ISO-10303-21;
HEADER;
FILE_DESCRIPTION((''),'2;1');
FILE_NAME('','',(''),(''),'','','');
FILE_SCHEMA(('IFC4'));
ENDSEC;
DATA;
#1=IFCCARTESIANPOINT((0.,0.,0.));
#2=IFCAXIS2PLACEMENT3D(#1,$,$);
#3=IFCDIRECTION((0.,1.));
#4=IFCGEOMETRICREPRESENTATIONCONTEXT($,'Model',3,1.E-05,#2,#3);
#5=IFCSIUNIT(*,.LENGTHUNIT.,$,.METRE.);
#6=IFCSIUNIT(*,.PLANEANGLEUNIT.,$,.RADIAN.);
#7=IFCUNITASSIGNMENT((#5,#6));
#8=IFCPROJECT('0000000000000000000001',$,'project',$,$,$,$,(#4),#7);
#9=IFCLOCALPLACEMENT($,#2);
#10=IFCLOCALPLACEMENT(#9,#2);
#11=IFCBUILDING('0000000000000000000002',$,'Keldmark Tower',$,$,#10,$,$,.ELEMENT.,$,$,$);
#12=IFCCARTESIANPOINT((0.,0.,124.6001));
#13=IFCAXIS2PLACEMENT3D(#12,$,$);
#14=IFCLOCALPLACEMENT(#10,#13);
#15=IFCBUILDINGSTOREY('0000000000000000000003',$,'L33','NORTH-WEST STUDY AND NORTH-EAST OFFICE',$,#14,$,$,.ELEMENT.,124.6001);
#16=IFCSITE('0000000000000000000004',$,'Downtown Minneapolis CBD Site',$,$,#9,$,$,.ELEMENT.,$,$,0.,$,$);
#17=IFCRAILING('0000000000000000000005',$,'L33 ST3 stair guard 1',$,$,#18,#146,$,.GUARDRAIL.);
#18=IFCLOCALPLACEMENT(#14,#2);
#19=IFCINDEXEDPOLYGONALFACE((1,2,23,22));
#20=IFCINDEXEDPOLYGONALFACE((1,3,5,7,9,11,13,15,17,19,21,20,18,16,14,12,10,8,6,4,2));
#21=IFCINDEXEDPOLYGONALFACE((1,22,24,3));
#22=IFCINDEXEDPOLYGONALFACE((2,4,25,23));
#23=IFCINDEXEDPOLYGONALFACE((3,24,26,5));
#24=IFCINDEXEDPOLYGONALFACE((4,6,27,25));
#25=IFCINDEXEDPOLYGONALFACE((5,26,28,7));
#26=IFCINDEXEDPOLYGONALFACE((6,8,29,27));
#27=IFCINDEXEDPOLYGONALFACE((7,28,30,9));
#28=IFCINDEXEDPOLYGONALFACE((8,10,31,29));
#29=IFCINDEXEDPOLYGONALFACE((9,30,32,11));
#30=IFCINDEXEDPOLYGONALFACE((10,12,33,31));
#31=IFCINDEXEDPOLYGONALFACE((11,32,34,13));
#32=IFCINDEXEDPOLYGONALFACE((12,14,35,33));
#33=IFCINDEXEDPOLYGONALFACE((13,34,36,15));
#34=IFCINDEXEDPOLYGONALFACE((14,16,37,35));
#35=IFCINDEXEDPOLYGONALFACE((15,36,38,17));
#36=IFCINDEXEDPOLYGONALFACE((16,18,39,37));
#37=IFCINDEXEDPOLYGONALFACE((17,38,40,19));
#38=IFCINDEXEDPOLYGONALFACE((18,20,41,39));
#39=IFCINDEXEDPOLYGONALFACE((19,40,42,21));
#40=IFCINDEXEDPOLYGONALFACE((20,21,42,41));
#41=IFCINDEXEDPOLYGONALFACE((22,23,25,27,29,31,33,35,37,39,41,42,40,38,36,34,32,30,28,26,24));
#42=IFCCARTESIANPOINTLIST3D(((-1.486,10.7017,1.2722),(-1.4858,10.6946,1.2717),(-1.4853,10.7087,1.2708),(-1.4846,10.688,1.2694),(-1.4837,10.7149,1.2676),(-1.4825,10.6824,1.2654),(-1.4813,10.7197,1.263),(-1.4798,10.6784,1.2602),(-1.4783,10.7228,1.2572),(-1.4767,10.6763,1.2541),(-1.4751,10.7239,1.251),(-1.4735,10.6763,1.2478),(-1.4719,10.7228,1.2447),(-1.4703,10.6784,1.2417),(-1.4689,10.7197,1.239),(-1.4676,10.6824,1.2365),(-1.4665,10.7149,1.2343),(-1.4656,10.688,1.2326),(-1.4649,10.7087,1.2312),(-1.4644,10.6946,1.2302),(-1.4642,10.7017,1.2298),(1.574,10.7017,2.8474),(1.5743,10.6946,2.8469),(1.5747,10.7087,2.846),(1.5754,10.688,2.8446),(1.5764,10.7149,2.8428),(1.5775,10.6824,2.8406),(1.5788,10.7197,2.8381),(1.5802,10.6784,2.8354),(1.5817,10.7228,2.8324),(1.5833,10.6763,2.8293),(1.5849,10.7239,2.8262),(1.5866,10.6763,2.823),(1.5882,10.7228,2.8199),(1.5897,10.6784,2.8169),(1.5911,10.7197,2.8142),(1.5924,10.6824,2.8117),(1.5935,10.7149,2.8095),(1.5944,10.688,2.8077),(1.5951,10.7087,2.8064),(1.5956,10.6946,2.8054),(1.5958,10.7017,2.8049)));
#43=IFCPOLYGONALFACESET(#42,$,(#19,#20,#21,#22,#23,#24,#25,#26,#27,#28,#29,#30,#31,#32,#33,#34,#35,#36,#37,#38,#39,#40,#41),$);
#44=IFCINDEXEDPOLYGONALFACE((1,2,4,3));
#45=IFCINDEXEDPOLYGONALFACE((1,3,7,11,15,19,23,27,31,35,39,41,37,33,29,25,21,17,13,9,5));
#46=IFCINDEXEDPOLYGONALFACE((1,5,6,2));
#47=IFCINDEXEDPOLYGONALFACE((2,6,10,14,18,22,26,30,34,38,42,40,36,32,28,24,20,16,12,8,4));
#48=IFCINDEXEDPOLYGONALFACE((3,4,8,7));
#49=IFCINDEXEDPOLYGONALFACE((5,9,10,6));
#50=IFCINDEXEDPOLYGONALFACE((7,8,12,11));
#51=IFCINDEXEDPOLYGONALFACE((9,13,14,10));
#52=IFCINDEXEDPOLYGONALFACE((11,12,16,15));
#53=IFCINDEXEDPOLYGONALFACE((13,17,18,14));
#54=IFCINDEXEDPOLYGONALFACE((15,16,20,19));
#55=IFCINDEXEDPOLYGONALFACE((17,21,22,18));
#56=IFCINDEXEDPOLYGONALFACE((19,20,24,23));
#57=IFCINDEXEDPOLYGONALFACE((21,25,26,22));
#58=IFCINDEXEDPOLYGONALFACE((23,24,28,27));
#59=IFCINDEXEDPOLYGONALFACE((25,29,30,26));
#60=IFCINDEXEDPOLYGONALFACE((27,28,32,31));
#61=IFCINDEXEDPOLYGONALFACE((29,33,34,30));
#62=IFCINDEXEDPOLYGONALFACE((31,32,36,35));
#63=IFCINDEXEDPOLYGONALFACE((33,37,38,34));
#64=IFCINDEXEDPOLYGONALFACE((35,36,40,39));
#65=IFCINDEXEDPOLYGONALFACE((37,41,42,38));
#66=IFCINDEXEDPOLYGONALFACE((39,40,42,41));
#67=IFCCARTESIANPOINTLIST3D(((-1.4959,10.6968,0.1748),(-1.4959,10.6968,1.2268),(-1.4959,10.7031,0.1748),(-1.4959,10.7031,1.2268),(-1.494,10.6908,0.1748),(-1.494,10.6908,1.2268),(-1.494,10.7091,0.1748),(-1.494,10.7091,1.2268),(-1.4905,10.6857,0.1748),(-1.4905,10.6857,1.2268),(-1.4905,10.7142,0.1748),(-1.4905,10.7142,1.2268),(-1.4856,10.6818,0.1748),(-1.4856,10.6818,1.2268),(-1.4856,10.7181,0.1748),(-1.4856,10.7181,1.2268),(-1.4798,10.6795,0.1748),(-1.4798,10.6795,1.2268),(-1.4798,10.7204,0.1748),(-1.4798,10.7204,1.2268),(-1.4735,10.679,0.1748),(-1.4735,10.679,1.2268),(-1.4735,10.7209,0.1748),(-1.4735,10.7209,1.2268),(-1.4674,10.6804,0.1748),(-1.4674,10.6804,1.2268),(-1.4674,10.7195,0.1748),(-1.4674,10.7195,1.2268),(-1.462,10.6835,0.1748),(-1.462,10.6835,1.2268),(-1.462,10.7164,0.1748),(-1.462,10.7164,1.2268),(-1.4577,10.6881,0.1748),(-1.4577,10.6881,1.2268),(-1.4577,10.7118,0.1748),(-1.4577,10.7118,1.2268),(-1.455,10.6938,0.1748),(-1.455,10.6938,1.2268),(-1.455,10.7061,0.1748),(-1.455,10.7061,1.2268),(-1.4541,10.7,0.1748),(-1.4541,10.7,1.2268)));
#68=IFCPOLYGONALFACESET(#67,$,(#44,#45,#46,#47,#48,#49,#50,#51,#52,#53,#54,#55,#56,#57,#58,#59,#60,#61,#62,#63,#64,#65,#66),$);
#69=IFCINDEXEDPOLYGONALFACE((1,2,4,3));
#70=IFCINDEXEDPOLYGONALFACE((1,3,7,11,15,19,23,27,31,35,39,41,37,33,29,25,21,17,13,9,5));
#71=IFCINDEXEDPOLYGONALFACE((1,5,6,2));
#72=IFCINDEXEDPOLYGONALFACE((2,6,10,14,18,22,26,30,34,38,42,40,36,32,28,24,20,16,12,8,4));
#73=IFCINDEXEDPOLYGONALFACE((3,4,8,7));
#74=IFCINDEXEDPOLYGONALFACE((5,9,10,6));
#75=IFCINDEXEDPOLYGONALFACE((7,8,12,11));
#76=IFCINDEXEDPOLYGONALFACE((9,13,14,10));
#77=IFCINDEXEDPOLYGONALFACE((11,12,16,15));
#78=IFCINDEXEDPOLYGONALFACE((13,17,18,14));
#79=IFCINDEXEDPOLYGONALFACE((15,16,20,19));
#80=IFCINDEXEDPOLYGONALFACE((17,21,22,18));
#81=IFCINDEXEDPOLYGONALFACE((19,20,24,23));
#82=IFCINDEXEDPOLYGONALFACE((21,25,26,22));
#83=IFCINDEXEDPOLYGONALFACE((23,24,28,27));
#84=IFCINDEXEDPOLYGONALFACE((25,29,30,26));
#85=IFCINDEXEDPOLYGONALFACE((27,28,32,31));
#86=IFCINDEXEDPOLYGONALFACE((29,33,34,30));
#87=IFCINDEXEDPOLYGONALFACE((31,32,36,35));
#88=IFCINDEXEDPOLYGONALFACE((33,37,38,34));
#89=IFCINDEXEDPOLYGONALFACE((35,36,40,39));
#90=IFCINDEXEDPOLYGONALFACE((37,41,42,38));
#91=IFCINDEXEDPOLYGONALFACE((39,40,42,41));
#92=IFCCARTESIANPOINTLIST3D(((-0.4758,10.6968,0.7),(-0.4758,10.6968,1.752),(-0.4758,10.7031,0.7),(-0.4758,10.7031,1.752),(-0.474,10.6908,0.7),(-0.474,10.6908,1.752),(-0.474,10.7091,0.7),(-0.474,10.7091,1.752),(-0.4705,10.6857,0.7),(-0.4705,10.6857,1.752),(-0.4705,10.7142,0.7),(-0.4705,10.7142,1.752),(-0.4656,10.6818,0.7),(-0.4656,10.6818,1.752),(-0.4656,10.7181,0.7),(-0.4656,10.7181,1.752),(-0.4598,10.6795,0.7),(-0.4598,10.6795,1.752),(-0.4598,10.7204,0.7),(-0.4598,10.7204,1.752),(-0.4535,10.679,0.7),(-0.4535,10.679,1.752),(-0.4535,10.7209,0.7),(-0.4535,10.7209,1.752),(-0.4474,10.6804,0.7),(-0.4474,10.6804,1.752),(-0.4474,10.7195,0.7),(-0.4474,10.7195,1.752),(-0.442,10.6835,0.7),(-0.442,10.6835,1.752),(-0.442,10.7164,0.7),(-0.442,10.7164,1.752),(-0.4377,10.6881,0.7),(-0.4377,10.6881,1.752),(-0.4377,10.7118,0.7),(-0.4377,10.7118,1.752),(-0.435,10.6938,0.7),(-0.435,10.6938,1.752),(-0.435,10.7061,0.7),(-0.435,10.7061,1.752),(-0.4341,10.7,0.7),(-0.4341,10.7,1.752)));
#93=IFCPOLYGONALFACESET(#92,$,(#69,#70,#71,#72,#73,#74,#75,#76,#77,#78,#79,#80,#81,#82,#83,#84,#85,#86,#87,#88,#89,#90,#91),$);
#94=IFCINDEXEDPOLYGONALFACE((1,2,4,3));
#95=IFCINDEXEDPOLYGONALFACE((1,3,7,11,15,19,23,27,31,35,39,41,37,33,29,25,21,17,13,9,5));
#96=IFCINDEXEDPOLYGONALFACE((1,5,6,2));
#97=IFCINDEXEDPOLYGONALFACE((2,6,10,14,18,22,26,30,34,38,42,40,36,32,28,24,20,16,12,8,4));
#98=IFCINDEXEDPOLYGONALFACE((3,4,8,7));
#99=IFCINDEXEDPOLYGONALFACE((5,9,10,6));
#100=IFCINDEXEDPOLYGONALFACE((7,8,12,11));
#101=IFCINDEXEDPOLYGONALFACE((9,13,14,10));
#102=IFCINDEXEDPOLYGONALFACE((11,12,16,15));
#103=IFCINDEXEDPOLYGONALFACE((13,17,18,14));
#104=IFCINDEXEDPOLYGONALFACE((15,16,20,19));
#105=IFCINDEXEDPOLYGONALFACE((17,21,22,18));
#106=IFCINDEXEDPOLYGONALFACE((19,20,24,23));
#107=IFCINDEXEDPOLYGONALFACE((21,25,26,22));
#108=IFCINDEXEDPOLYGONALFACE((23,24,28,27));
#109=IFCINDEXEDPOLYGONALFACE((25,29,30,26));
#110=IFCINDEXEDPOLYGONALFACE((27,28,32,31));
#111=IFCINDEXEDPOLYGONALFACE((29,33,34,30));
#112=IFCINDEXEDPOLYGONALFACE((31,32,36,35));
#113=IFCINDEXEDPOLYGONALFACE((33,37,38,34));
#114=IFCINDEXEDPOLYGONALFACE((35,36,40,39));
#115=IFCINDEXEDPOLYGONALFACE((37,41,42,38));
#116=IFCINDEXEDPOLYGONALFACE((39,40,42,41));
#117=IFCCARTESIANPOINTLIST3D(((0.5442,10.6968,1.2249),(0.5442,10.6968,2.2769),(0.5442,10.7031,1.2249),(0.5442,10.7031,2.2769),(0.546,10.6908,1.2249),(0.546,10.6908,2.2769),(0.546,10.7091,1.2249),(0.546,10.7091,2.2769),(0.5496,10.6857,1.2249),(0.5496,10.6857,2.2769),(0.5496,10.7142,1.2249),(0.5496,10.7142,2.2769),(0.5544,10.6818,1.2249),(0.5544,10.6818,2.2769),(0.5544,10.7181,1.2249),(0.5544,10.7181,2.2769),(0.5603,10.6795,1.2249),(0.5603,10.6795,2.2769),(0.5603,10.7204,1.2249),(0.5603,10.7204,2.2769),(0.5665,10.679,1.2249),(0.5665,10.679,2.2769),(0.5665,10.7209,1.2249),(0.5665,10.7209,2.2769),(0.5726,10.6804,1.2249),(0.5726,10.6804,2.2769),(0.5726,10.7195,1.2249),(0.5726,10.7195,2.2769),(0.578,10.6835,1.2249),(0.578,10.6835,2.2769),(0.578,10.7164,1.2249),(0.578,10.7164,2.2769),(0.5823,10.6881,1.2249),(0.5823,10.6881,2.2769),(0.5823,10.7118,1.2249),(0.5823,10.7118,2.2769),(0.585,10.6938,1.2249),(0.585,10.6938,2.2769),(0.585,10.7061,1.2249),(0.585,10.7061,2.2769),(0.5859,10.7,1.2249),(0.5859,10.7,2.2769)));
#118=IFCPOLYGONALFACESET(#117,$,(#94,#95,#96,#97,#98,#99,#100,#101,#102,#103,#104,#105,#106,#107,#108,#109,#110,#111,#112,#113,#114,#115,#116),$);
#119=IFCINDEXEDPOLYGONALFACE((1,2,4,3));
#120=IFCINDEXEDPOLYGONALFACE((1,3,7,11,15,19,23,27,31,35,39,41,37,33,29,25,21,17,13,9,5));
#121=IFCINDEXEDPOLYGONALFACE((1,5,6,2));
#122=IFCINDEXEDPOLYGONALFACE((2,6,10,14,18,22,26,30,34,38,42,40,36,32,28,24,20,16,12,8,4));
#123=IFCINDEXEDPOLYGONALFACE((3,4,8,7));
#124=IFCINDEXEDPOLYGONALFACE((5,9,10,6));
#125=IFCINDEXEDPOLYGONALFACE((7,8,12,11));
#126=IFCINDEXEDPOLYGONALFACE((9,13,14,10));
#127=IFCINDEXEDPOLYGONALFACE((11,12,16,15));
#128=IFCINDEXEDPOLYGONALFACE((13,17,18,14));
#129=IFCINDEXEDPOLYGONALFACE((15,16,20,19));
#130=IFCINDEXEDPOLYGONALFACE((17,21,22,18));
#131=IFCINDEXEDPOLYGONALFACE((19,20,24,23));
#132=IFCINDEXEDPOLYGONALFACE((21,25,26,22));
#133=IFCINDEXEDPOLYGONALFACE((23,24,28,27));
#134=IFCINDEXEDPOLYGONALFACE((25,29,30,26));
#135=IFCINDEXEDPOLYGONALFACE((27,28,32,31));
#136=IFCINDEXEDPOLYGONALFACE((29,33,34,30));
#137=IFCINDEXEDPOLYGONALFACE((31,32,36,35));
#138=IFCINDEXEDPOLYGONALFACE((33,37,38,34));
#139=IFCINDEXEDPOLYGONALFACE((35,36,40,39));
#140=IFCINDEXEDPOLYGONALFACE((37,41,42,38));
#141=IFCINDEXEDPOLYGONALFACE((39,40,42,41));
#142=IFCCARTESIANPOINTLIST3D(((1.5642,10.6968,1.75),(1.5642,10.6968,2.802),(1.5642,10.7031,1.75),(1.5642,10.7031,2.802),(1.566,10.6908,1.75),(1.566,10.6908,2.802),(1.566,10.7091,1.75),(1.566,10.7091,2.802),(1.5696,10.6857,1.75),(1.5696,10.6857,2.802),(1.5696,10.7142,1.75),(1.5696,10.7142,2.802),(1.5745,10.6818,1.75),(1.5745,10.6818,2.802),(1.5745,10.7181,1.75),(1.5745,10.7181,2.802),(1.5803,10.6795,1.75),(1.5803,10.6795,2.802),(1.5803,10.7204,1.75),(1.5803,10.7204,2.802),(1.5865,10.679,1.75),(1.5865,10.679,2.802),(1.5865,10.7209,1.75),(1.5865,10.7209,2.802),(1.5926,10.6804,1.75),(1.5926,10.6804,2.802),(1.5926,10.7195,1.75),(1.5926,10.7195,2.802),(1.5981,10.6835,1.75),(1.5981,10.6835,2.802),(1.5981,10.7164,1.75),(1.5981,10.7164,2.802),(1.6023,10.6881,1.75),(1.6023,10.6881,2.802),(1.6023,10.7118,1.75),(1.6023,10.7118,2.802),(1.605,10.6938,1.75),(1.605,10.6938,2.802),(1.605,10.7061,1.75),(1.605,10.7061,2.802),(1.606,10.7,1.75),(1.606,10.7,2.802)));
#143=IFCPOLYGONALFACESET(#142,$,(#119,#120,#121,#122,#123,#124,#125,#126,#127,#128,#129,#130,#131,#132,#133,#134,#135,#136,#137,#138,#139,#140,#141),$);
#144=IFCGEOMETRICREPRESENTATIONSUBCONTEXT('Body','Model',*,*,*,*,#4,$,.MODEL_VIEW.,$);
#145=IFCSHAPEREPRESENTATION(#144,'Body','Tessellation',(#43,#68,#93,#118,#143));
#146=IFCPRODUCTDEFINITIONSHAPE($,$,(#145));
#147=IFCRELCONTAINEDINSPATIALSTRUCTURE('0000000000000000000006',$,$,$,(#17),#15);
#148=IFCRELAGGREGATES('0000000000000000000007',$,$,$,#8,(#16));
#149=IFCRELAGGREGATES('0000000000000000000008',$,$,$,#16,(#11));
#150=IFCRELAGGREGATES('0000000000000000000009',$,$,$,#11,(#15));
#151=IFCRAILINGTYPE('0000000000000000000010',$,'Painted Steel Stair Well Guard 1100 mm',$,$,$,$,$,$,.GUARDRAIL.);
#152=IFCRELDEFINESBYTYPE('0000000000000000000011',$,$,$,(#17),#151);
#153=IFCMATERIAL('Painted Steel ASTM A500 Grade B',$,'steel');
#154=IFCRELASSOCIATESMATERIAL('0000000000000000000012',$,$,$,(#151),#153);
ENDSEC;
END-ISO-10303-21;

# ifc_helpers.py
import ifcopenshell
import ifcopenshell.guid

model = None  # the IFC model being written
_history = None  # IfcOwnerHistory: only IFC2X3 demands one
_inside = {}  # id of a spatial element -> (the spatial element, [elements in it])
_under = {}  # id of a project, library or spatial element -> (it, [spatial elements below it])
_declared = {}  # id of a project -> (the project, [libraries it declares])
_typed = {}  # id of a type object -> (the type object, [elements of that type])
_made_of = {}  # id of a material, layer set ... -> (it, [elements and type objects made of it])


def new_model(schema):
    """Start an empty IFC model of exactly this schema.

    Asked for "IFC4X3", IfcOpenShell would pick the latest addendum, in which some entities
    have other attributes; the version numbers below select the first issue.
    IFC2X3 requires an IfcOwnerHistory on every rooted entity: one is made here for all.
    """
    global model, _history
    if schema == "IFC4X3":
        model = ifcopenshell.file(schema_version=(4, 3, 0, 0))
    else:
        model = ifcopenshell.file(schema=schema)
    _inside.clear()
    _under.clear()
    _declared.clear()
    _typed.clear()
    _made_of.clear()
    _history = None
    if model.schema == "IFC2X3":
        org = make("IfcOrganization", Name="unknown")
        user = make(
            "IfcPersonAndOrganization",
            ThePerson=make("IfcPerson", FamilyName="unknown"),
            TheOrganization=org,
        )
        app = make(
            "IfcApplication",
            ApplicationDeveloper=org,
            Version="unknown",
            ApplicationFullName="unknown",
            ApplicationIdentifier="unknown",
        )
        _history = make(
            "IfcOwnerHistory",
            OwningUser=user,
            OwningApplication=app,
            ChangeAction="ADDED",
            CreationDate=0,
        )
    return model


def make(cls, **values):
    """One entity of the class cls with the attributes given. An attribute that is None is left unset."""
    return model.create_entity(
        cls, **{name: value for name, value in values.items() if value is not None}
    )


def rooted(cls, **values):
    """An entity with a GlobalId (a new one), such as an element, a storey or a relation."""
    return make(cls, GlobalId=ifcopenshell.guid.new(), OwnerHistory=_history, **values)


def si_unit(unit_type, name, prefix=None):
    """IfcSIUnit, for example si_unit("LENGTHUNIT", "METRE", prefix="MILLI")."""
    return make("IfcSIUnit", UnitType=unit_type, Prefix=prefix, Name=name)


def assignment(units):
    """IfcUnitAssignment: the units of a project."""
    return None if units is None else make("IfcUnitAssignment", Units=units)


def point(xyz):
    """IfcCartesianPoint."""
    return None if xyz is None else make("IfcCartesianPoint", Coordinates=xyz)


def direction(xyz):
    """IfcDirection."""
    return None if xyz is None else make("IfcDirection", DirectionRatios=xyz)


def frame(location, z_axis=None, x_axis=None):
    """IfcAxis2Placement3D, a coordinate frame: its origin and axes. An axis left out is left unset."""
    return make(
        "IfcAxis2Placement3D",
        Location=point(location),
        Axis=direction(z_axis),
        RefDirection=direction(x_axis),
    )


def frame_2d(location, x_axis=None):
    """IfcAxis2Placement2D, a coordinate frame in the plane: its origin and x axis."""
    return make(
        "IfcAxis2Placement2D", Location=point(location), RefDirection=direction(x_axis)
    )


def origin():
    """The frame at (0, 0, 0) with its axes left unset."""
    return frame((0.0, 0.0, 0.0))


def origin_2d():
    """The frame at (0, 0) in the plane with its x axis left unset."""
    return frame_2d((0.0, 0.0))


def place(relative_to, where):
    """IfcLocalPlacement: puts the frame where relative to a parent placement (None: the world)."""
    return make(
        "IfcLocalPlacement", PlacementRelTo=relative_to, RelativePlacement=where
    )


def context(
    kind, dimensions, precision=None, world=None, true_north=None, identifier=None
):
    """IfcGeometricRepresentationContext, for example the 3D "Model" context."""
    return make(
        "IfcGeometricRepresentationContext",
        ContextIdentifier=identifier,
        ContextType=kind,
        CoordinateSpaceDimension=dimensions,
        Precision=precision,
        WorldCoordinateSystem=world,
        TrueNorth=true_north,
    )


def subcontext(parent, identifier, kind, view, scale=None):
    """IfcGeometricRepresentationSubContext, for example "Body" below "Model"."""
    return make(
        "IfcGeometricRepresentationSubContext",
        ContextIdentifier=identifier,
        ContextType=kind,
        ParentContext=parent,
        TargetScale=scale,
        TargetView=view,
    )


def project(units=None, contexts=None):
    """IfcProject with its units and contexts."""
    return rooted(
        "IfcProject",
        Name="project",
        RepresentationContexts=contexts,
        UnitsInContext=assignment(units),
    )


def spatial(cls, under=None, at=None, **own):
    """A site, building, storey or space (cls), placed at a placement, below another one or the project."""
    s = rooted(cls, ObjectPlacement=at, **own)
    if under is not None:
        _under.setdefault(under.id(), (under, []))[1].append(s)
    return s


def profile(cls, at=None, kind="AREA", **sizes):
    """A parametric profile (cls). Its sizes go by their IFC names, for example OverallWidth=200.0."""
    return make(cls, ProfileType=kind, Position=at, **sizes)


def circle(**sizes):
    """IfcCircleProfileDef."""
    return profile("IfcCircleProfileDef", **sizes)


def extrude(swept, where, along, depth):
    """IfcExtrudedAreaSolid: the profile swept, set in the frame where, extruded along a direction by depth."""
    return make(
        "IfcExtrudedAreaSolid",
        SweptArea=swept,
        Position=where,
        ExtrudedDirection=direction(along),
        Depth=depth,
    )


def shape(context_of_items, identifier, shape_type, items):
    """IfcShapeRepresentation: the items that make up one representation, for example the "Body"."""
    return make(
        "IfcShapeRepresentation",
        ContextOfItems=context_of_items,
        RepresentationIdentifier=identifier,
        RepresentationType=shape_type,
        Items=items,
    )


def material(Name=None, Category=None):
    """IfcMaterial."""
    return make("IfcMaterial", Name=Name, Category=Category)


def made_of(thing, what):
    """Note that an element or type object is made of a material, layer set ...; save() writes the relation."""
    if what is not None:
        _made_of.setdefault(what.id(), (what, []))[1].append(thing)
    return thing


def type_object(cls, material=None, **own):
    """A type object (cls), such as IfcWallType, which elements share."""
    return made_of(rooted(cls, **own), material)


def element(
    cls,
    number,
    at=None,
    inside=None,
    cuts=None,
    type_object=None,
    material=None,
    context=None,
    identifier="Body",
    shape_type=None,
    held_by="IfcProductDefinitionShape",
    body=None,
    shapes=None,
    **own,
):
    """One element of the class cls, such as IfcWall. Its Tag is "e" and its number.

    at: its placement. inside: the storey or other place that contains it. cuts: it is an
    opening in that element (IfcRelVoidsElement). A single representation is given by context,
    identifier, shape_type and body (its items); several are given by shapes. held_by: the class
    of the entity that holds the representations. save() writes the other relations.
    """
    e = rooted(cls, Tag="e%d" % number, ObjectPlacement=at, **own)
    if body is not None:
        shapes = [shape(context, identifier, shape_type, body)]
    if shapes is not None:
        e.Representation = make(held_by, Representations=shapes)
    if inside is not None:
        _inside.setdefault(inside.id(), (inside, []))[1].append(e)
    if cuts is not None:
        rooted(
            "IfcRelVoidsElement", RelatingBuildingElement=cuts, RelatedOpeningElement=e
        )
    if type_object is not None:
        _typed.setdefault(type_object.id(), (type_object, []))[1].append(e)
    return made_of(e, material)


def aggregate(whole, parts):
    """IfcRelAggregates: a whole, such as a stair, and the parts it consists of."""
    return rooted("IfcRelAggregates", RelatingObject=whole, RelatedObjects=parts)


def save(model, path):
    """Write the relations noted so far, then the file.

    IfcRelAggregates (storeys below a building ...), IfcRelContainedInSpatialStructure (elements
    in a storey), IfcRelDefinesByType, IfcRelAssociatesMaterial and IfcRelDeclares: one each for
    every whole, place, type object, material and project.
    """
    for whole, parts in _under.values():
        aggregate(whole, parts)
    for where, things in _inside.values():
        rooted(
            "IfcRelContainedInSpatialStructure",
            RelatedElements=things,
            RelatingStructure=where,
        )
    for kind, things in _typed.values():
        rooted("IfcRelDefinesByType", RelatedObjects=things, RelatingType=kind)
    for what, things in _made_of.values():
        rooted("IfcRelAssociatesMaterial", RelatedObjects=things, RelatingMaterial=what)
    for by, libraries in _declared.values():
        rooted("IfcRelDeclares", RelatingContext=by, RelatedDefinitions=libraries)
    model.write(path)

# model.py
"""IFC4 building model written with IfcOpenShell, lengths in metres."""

from ifc_helpers import new_model, si_unit, direction, frame, origin, origin_2d, place, context, subcontext, project, spatial, circle, extrude, material, type_object, element, save


model = new_model("IFC4")

# Units and contexts
model_context = context("Model", 3, precision=1e-05, world=origin(), true_north=direction((0.0, 1.0)))
body_context = subcontext(model_context, "Body", "Model", "MODEL_VIEW")
ifc_project = project(units=[si_unit("LENGTHUNIT", "METRE"), si_unit("PLANEANGLEUNIT", "RADIAN")], contexts=[model_context])

# Site, building, storey
site_placement = place(None, origin())
site = spatial("IfcSite", under=ifc_project, at=site_placement, Name="Downtown Minneapolis CBD Site", CompositionType="ELEMENT", RefElevation=0.0)
building_placement = place(site_placement, origin())
building = spatial("IfcBuilding", under=site, at=building_placement, Name="Keldmark Tower", CompositionType="ELEMENT")
storey_placement = place(building_placement, frame((0.0, 0.0, 124.6001)))
storey = spatial("IfcBuildingStorey", under=building, at=storey_placement, Name="L33", Description="NORTH-WEST STUDY AND NORTH-EAST OFFICE", CompositionType="ELEMENT", Elevation=124.6001)

# Railing
ifc_material_1 = material(Name="Painted Steel ASTM A500 Grade B", Category="steel")
railing_type = type_object("IfcRailingType", Name="Painted Steel Stair Well Guard 1100 mm", PredefinedType="GUARDRAIL", material=ifc_material_1)
railing_1_placement = place(storey_placement, frame((-1.4751, 10.7, 0.1748)))
element("IfcRailing", 1, at=railing_1_placement, inside=storey, type_object=railing_type, Name="L33 ST3 stair guard 1", PredefinedType="GUARDRAIL", context=body_context, shape_type="SweptSolid", body=[
    extrude(circle(Radius=0.0239, at=origin_2d()), frame((0.0, 0.0, 1.0762), z_axis=(0.889116, 0.0, 0.457681), x_axis=(0.0, 1.0, 0.0)), (0.0, 0.0, 1.0), 3.4417),
    extrude(circle(Radius=0.021, at=origin_2d()), origin(), (0.0, 0.0, 1.0), 1.052),
    extrude(circle(Radius=0.021, at=origin_2d()), frame((1.02, 0.0, 0.5251)), (0.0, 0.0, 1.0), 1.052),
    extrude(circle(Radius=0.021, at=origin_2d()), frame((2.04, 0.0, 1.05)), (0.0, 0.0, 1.0), 1.052),
    extrude(circle(Radius=0.021, at=origin_2d()), frame((3.0601, 0.0, 1.5752)), (0.0, 0.0, 1.0), 1.052),
])

save(model, "model.ifc")
